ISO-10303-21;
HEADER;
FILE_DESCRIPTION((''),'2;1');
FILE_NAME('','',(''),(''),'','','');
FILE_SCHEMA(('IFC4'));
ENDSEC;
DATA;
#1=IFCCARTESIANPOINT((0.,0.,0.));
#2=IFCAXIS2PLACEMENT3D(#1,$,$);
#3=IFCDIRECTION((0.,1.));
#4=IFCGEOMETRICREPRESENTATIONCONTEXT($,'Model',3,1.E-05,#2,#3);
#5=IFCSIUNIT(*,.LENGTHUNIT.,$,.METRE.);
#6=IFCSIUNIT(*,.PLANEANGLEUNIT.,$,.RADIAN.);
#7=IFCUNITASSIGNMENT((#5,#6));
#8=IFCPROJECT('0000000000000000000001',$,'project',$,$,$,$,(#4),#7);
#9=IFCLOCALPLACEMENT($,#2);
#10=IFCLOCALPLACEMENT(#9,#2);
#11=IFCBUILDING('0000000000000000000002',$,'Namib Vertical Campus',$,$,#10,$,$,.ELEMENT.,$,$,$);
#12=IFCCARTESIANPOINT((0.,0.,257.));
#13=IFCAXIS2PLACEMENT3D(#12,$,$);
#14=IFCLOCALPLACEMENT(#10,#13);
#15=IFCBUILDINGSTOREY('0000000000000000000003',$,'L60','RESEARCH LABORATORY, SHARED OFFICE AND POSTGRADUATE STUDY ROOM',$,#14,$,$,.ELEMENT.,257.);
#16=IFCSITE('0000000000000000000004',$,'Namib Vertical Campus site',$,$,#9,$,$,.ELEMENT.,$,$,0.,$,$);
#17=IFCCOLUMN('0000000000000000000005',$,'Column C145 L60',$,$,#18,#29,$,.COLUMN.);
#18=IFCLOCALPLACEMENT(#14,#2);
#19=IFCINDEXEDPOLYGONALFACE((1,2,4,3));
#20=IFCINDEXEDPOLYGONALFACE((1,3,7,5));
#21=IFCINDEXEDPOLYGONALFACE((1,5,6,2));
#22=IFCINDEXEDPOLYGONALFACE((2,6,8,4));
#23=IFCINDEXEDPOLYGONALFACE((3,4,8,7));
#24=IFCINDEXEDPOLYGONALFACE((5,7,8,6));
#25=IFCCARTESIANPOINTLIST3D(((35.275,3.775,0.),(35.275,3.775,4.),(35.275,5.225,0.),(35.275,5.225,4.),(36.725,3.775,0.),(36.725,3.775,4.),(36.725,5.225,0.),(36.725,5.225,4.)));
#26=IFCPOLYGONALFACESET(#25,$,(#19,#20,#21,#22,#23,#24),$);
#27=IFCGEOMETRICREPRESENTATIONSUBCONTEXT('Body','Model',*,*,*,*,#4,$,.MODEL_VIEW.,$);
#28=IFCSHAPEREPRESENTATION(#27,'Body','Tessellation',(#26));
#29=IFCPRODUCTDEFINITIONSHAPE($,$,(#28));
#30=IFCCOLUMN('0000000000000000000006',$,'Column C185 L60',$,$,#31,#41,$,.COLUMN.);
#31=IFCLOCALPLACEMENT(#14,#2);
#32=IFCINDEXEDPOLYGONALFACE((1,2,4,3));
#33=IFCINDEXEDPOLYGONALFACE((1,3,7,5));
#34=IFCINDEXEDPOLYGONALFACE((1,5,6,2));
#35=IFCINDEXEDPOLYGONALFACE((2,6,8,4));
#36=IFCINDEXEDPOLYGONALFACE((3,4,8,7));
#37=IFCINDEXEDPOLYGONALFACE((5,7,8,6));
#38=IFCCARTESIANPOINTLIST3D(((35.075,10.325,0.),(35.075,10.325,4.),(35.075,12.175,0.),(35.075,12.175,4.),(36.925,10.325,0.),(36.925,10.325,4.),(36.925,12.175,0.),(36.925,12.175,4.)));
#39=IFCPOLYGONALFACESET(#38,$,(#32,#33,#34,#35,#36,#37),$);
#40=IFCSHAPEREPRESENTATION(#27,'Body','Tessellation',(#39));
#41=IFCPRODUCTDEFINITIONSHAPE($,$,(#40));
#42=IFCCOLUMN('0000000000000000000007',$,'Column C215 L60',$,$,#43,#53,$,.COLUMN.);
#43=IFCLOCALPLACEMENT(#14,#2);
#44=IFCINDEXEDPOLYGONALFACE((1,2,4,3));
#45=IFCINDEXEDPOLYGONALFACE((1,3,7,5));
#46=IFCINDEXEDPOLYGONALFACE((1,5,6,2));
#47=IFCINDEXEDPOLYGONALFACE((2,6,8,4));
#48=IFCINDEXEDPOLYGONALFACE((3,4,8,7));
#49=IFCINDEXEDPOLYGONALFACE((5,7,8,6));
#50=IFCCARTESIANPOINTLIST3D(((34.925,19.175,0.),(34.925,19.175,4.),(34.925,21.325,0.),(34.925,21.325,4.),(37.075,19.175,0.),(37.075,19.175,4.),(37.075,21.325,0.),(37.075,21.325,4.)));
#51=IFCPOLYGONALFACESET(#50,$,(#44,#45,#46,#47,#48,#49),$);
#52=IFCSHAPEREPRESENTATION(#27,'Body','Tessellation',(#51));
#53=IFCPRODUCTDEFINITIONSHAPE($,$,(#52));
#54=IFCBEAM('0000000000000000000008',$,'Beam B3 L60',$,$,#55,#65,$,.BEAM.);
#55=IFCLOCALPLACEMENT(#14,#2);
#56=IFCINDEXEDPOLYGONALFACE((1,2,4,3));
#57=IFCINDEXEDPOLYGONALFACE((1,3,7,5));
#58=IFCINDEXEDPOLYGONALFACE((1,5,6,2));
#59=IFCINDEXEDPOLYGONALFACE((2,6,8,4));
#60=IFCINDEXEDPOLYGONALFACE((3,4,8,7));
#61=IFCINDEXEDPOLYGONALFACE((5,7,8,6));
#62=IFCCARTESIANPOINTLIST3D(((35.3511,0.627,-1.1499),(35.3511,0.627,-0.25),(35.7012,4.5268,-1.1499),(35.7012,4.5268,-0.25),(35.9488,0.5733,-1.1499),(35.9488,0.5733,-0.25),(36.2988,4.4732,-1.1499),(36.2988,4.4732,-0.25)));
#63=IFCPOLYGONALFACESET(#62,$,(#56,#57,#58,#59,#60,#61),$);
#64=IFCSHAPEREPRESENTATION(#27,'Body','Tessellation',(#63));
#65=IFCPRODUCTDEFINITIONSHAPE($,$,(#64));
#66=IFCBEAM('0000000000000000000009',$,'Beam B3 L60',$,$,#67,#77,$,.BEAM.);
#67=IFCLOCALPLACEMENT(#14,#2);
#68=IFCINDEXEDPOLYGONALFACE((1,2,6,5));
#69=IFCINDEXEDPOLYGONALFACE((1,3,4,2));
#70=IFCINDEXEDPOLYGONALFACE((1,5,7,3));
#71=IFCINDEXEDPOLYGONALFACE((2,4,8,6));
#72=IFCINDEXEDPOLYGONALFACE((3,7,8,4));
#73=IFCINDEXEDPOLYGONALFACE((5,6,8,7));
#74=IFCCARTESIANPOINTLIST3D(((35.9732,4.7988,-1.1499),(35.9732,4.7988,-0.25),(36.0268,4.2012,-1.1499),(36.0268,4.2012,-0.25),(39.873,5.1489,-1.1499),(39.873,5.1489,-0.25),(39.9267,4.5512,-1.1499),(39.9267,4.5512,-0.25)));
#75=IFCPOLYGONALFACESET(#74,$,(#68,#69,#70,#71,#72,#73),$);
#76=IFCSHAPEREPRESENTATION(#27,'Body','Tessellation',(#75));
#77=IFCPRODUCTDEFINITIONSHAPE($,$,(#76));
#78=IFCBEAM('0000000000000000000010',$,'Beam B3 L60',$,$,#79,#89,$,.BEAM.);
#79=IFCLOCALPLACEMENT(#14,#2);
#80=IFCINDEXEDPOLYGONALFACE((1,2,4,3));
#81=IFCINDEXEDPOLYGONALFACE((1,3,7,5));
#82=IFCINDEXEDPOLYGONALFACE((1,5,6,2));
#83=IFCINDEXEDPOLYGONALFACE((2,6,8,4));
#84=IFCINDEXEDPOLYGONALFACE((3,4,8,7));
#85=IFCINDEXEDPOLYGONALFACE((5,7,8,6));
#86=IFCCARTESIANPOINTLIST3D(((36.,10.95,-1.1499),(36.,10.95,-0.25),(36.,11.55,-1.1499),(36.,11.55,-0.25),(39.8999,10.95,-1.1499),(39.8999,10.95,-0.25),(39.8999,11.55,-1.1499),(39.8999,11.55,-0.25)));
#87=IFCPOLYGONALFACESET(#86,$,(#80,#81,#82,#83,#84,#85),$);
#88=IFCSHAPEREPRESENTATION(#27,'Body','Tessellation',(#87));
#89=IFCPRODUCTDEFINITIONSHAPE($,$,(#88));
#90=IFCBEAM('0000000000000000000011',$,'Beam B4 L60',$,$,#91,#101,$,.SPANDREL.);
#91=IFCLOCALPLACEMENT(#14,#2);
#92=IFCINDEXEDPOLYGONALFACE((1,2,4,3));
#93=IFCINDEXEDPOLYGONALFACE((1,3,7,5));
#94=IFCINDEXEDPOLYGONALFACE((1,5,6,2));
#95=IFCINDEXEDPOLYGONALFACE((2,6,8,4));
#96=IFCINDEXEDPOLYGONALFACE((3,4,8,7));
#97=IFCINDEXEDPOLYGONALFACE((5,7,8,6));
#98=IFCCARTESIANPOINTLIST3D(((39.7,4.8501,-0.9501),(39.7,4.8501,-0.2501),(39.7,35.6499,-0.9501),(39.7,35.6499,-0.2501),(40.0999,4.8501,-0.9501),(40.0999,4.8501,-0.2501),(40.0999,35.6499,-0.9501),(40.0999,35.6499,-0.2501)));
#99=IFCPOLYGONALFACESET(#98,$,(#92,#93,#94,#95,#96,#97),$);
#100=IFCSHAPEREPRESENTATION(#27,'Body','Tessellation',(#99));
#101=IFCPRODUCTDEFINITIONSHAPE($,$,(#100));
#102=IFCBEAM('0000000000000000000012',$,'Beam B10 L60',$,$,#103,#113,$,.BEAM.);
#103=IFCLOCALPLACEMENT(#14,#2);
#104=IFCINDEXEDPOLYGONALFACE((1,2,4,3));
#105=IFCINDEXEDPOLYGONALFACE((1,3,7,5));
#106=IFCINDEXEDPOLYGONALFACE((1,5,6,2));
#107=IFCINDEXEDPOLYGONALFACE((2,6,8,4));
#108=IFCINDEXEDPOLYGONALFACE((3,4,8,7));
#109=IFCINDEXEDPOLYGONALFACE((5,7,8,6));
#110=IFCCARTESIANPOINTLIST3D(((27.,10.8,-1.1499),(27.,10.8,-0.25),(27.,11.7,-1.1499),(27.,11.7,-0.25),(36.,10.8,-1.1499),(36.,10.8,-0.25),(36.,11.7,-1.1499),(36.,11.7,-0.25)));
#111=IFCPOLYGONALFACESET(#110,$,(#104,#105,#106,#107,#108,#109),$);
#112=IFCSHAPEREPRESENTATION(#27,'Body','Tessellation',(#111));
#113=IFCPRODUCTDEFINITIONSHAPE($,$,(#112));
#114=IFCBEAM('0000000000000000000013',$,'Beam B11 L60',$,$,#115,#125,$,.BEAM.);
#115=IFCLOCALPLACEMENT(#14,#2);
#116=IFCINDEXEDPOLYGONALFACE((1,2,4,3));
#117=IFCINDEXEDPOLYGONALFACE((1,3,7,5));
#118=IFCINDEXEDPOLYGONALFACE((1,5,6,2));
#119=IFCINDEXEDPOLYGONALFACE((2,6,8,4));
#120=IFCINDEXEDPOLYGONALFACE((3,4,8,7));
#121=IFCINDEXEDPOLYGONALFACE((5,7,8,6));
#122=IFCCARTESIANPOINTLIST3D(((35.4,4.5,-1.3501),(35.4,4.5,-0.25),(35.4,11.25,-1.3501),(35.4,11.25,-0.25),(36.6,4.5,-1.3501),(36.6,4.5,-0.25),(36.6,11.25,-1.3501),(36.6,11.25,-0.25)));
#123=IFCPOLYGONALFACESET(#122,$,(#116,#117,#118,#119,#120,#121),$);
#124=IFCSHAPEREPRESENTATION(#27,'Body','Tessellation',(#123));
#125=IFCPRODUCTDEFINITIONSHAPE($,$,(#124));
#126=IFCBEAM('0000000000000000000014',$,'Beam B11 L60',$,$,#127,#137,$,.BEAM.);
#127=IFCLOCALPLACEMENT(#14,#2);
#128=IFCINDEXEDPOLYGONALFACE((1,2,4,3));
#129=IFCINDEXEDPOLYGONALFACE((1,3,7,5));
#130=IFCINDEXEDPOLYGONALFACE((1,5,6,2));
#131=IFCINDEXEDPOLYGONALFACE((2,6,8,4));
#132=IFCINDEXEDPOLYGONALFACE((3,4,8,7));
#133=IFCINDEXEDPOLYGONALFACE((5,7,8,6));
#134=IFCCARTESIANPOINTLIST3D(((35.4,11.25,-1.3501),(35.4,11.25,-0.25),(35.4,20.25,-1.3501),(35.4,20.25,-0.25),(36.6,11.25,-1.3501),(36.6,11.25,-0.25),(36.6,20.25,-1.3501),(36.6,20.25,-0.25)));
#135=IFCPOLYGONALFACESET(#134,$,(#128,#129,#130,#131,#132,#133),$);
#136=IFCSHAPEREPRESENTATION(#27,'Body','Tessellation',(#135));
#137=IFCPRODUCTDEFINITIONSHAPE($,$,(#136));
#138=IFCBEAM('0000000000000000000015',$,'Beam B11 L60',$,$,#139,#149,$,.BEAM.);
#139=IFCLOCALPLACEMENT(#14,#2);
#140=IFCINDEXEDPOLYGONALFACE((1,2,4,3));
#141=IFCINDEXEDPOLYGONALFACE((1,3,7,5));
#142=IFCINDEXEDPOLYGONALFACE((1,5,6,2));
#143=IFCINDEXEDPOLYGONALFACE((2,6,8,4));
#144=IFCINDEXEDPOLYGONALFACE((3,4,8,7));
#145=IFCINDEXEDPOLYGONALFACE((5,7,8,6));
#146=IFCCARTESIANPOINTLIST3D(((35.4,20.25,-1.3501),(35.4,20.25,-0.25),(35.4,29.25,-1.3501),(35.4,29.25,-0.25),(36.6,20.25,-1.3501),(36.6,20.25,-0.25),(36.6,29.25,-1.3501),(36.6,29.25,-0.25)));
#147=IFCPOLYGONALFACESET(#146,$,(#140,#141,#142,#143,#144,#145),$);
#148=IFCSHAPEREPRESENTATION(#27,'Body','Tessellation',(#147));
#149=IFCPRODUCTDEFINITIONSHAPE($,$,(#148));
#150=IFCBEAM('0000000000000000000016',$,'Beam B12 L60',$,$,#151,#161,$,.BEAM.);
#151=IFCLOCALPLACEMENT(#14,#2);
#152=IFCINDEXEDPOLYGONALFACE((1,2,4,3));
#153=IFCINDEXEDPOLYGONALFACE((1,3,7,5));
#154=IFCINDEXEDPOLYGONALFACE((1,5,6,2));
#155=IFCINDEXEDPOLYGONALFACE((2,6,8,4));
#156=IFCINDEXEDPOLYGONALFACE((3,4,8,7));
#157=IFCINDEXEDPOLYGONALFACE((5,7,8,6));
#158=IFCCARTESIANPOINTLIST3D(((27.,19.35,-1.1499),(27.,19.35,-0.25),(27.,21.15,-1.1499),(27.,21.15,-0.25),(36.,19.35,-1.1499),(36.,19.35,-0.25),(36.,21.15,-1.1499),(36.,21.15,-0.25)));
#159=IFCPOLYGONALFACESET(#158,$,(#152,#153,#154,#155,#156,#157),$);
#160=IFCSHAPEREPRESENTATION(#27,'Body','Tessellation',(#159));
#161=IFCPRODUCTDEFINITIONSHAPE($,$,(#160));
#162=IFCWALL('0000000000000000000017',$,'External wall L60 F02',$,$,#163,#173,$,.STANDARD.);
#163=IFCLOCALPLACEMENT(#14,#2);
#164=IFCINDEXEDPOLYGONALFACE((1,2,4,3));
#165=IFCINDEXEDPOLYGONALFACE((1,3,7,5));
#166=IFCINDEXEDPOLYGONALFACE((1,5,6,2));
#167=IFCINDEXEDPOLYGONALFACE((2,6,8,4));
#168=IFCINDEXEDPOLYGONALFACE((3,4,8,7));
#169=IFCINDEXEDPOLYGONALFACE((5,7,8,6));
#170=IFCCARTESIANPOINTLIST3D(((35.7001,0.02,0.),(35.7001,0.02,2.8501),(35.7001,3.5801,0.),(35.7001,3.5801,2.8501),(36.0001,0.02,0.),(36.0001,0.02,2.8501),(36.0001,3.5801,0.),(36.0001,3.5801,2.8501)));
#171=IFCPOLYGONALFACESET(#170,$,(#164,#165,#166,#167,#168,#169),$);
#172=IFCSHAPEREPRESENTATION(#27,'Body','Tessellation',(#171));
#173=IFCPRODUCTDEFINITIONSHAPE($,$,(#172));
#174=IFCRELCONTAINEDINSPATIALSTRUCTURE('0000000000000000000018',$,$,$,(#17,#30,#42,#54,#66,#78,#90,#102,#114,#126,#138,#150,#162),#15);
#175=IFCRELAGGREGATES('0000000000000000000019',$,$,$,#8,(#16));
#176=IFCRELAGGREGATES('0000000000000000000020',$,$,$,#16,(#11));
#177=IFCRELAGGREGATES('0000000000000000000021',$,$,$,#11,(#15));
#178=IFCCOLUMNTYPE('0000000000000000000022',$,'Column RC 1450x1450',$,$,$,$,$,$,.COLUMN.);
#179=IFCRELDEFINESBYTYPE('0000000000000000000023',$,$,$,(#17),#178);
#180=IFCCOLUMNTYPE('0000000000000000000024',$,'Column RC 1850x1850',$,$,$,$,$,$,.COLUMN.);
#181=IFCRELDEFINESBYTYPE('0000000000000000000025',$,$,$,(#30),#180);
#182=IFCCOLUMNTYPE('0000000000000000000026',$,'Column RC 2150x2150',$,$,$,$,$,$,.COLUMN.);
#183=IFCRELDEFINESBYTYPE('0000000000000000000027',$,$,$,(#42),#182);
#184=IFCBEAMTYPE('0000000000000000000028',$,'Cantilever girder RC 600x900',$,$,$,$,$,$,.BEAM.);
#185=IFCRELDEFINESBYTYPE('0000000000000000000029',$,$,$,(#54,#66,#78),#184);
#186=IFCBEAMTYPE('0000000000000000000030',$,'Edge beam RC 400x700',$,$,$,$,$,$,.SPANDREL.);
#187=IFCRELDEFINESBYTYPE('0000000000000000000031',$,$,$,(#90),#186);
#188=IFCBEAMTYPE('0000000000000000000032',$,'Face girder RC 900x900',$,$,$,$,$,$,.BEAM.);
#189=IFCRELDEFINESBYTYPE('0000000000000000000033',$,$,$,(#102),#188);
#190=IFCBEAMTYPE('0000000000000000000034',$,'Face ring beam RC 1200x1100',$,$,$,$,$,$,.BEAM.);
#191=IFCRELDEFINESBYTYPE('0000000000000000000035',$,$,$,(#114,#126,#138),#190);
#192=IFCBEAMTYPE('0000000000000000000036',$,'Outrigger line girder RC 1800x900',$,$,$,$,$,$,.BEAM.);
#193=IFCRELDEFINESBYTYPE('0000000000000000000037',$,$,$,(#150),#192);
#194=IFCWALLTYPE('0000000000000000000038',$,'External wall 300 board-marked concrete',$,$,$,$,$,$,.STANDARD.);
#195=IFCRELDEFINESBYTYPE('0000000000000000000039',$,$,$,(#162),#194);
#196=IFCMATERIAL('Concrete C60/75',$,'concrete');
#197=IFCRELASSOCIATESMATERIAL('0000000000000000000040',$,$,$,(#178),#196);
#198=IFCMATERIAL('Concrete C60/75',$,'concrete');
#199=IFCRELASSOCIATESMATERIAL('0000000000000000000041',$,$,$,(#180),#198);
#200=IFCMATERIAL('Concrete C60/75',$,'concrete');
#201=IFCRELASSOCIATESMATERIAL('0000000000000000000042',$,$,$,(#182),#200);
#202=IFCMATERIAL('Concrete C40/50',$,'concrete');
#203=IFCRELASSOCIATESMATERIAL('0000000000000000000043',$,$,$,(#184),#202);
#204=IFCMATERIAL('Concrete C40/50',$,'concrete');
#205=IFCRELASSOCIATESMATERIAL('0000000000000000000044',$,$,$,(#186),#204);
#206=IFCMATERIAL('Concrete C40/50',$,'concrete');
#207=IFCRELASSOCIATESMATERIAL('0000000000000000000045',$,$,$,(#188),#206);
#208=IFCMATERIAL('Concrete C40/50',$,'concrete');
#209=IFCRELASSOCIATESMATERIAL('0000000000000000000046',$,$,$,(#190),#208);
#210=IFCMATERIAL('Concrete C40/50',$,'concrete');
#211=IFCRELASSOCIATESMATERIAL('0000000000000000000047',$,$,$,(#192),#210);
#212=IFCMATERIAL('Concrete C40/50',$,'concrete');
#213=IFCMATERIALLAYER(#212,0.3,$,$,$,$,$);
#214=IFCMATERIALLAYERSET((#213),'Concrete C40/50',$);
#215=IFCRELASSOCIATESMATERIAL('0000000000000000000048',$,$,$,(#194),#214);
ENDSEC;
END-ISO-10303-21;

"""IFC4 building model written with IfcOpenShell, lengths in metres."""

from ifc_helpers import new_model, si_unit, direction, frame, frame_2d, origin, origin_2d, place, context, subcontext, project, spatial, rectangle, extrude, material, layer, layer_set, material_profile, profile_set, type_object, element, save


model = new_model("IFC4")

# Units and contexts
model_context = context("Model", 3, precision=1e-05, world=origin(), true_north=direction((0.0, 1.0)))
body_context = subcontext(model_context, "Body", "Model", "MODEL_VIEW")
ifc_project = project(units=[si_unit("LENGTHUNIT", "METRE"), si_unit("PLANEANGLEUNIT", "RADIAN")], contexts=[model_context])

# Site, building, storey
site_placement = place(None, origin())
site = spatial("IfcSite", under=ifc_project, at=site_placement, Name="Namib Vertical Campus site", CompositionType="ELEMENT", RefElevation=0.0)
building_placement = place(site_placement, origin())
building = spatial("IfcBuilding", under=site, at=building_placement, Name="Namib Vertical Campus", CompositionType="ELEMENT")
storey_placement = place(building_placement, frame((0.0, 0.0, 257.0)))
storey = spatial("IfcBuildingStorey", under=building, at=storey_placement, Name="L60", Description="RESEARCH LABORATORY, SHARED OFFICE AND POSTGRADUATE STUDY ROOM", CompositionType="ELEMENT", Elevation=257.0)

# Columns
ifc_material_1 = material(Name="Concrete C60/75", Category="concrete")
ifc_material_profile_1 = material_profile(ifc_material_1, rectangle(XDim=1.45, YDim=1.45, at=origin_2d()))
ifc_profile_set_1 = profile_set([ifc_material_profile_1], Name="Concrete C60/75")
column_type_1 = type_object("IfcColumnType", Name="Column RC 1450x1450", PredefinedType="COLUMN", material=ifc_profile_set_1)
column_1_placement = place(storey_placement, frame((36.0, 4.5, 0.0), z_axis=(0.0, 0.0, 1.0), x_axis=(1.0, 0.0, 0.0)))
element("IfcColumn", 1, at=column_1_placement, inside=storey, type_object=column_type_1, Name="Column C145 L60", PredefinedType="COLUMN", context=body_context, shape_type="SweptSolid", body=[
    extrude(rectangle(XDim=1.45, YDim=1.45, at=origin_2d()), origin(), (0.0, 0.0, 1.0), 4.0),
])
ifc_material_2 = material(Name="Concrete C60/75", Category="concrete")
ifc_material_profile_2 = material_profile(ifc_material_2, rectangle(XDim=1.8501, YDim=1.8501, at=origin_2d()))
ifc_profile_set_2 = profile_set([ifc_material_profile_2], Name="Concrete C60/75")
column_type_2 = type_object("IfcColumnType", Name="Column RC 1850x1850", PredefinedType="COLUMN", material=ifc_profile_set_2)
column_2_placement = place(storey_placement, frame((36.0, 11.25, 0.0), z_axis=(0.0, 0.0, 1.0), x_axis=(1.0, 0.0, 0.0)))
element("IfcColumn", 2, at=column_2_placement, inside=storey, type_object=column_type_2, Name="Column C185 L60", PredefinedType="COLUMN", context=body_context, shape_type="SweptSolid", body=[
    extrude(rectangle(XDim=1.8501, YDim=1.8501, at=origin_2d()), origin(), (0.0, 0.0, 1.0), 4.0),
])
ifc_material_3 = material(Name="Concrete C60/75", Category="concrete")
ifc_material_profile_3 = material_profile(ifc_material_3, rectangle(XDim=2.1499, YDim=2.1499, at=origin_2d()))
ifc_profile_set_3 = profile_set([ifc_material_profile_3], Name="Concrete C60/75")
column_type_3 = type_object("IfcColumnType", Name="Column RC 2150x2150", PredefinedType="COLUMN", material=ifc_profile_set_3)
column_3_placement = place(storey_placement, frame((36.0, 20.25, 0.0), z_axis=(0.0, 0.0, 1.0), x_axis=(1.0, 0.0, 0.0)))
element("IfcColumn", 3, at=column_3_placement, inside=storey, type_object=column_type_3, Name="Column C215 L60", PredefinedType="COLUMN", context=body_context, shape_type="SweptSolid", body=[
    extrude(rectangle(XDim=2.1499, YDim=2.1499, at=origin_2d()), origin(), (0.0, 0.0, 1.0), 4.0),
])

# Beams
ifc_material_4 = material(Name="Concrete C40/50", Category="concrete")
ifc_material_profile_4 = material_profile(ifc_material_4, rectangle(XDim=0.6001, YDim=0.8999, at=origin_2d()))
ifc_profile_set_4 = profile_set([ifc_material_profile_4], Name="Concrete C40/50")
beam_type_1 = type_object("IfcBeamType", Name="Cantilever girder RC 600x900", PredefinedType="BEAM", material=ifc_profile_set_4)
for number, where, z_axis, x_axis, name in (
    (4, (36.0, 4.5, -0.7), (-0.089411, -0.995995, 0.0), (0.995995, -0.089411, 0.0), "Beam B3 L60"),
    (5, (36.0, 4.5, -0.7), (0.995995, 0.089411, 0.0), (-0.089411, 0.995995, 0.0), "Beam B3 L60"),
):
    element("IfcBeam", number, at=place(storey_placement, frame(where, z_axis=z_axis, x_axis=x_axis)), inside=storey, type_object=beam_type_1, Name=name, PredefinedType="BEAM", context=body_context, shape_type="SweptSolid", body=[
        extrude(rectangle(XDim=0.6001, YDim=0.8999, at=origin_2d()), origin(), (0.0, 0.0, 1.0), 3.9155),
    ])
beam_1_placement = place(storey_placement, frame((36.0, 11.25, -0.7), z_axis=(1.0, 0.0, 0.0), x_axis=(0.0, 1.0, 0.0)))
element("IfcBeam", 6, at=beam_1_placement, inside=storey, type_object=beam_type_1, Name="Beam B3 L60", PredefinedType="BEAM", context=body_context, shape_type="SweptSolid", body=[
    extrude(rectangle(XDim=0.6001, YDim=0.8999, at=origin_2d()), origin(), (0.0, 0.0, 1.0), 3.8999),
])
ifc_material_5 = material(Name="Concrete C40/50", Category="concrete")
ifc_material_profile_5 = material_profile(ifc_material_5, rectangle(XDim=0.3999, YDim=0.7, at=origin_2d()))
ifc_profile_set_5 = profile_set([ifc_material_profile_5], Name="Concrete C40/50")
beam_type_2 = type_object("IfcBeamType", Name="Edge beam RC 400x700", PredefinedType="SPANDREL", material=ifc_profile_set_5)
beam_2_placement = place(storey_placement, frame((39.8999, 4.8501, -0.6001), z_axis=(0.0, 1.0, 0.0), x_axis=(-1.0, 0.0, 0.0)))
element("IfcBeam", 7, at=beam_2_placement, inside=storey, type_object=beam_type_2, Name="Beam B4 L60", PredefinedType="SPANDREL", context=body_context, shape_type="SweptSolid", body=[
    extrude(rectangle(XDim=0.3999, YDim=0.7, at=origin_2d()), origin(), (0.0, 0.0, 1.0), 30.7998),
])
ifc_material_6 = material(Name="Concrete C40/50", Category="concrete")
ifc_material_profile_6 = material_profile(ifc_material_6, rectangle(XDim=0.8999, YDim=0.8999, at=origin_2d()))
ifc_profile_set_6 = profile_set([ifc_material_profile_6], Name="Concrete C40/50")
beam_type_3 = type_object("IfcBeamType", Name="Face girder RC 900x900", PredefinedType="BEAM", material=ifc_profile_set_6)
beam_3_placement = place(storey_placement, frame((36.0, 11.25, -0.7), z_axis=(-1.0, 0.0, 0.0), x_axis=(0.0, -1.0, 0.0)))
element("IfcBeam", 8, at=beam_3_placement, inside=storey, type_object=beam_type_3, Name="Beam B10 L60", PredefinedType="BEAM", context=body_context, shape_type="SweptSolid", body=[
    extrude(rectangle(XDim=0.8999, YDim=0.8999, at=origin_2d()), origin(), (0.0, 0.0, 1.0), 9.0),
])
ifc_material_7 = material(Name="Concrete C40/50", Category="concrete")
ifc_material_profile_7 = material_profile(ifc_material_7, rectangle(XDim=1.2, YDim=1.1001, at=origin_2d()))
ifc_profile_set_7 = profile_set([ifc_material_profile_7], Name="Concrete C40/50")
beam_type_4 = type_object("IfcBeamType", Name="Face ring beam RC 1200x1100", PredefinedType="BEAM", material=ifc_profile_set_7)
beam_4_placement = place(storey_placement, frame((36.0, 4.5, -0.8), z_axis=(0.0, 1.0, 0.0), x_axis=(-1.0, 0.0, 0.0)))
element("IfcBeam", 9, at=beam_4_placement, inside=storey, type_object=beam_type_4, Name="Beam B11 L60", PredefinedType="BEAM", context=body_context, shape_type="SweptSolid", body=[
    extrude(rectangle(XDim=1.2, YDim=1.1001, at=origin_2d()), origin(), (0.0, 0.0, 1.0), 6.75),
])
for number, where, z_axis, x_axis, name in (
    (10, (36.0, 11.25, -0.8), (0.0, 1.0, 0.0), (-1.0, 0.0, 0.0), "Beam B11 L60"),
    (11, (36.0, 20.25, -0.8), (0.0, 1.0, 0.0), (-1.0, 0.0, 0.0), "Beam B11 L60"),
):
    element("IfcBeam", number, at=place(storey_placement, frame(where, z_axis=z_axis, x_axis=x_axis)), inside=storey, type_object=beam_type_4, Name=name, PredefinedType="BEAM", context=body_context, shape_type="SweptSolid", body=[
        extrude(rectangle(XDim=1.2, YDim=1.1001, at=origin_2d()), origin(), (0.0, 0.0, 1.0), 9.0),
    ])
ifc_material_8 = material(Name="Concrete C40/50", Category="concrete")
ifc_material_profile_8 = material_profile(ifc_material_8, rectangle(XDim=1.8, YDim=0.8999, at=origin_2d()))
ifc_profile_set_8 = profile_set([ifc_material_profile_8], Name="Concrete C40/50")
beam_type_5 = type_object("IfcBeamType", Name="Outrigger line girder RC 1800x900", PredefinedType="BEAM", material=ifc_profile_set_8)
beam_5_placement = place(storey_placement, frame((36.0, 20.25, -0.7), z_axis=(-1.0, 0.0, 0.0), x_axis=(0.0, -1.0, 0.0)))
element("IfcBeam", 12, at=beam_5_placement, inside=storey, type_object=beam_type_5, Name="Beam B12 L60", PredefinedType="BEAM", context=body_context, shape_type="SweptSolid", body=[
    extrude(rectangle(XDim=1.8, YDim=0.8999, at=origin_2d()), origin(), (0.0, 0.0, 1.0), 9.0),
])

# Wall
ifc_material_9 = material(Name="Concrete C40/50", Category="concrete")
ifc_layer_1 = layer(ifc_material_9, 0.3)
ifc_layer_set_1 = layer_set([ifc_layer_1], Name="Concrete C40/50")
wall_type_1 = type_object("IfcWallType", Name="External wall 300 board-marked concrete", PredefinedType="STANDARD", material=ifc_layer_set_1)
wall_1_placement = place(storey_placement, frame((35.8501, 0.02, 0.0), z_axis=(0.0, 0.0, 1.0), x_axis=(0.0, 1.0, 0.0)))
element("IfcWall", 13, at=wall_1_placement, inside=storey, type_object=wall_type_1, Name="External wall L60 F02", PredefinedType="STANDARD", context=body_context, shape_type="SweptSolid", body=[
    extrude(rectangle(XDim=3.5601, YDim=0.3, at=frame_2d((1.78, 0.0))), origin(), (0.0, 0.0, 1.0), 2.8501),
])

save(model, "model.ifc")
